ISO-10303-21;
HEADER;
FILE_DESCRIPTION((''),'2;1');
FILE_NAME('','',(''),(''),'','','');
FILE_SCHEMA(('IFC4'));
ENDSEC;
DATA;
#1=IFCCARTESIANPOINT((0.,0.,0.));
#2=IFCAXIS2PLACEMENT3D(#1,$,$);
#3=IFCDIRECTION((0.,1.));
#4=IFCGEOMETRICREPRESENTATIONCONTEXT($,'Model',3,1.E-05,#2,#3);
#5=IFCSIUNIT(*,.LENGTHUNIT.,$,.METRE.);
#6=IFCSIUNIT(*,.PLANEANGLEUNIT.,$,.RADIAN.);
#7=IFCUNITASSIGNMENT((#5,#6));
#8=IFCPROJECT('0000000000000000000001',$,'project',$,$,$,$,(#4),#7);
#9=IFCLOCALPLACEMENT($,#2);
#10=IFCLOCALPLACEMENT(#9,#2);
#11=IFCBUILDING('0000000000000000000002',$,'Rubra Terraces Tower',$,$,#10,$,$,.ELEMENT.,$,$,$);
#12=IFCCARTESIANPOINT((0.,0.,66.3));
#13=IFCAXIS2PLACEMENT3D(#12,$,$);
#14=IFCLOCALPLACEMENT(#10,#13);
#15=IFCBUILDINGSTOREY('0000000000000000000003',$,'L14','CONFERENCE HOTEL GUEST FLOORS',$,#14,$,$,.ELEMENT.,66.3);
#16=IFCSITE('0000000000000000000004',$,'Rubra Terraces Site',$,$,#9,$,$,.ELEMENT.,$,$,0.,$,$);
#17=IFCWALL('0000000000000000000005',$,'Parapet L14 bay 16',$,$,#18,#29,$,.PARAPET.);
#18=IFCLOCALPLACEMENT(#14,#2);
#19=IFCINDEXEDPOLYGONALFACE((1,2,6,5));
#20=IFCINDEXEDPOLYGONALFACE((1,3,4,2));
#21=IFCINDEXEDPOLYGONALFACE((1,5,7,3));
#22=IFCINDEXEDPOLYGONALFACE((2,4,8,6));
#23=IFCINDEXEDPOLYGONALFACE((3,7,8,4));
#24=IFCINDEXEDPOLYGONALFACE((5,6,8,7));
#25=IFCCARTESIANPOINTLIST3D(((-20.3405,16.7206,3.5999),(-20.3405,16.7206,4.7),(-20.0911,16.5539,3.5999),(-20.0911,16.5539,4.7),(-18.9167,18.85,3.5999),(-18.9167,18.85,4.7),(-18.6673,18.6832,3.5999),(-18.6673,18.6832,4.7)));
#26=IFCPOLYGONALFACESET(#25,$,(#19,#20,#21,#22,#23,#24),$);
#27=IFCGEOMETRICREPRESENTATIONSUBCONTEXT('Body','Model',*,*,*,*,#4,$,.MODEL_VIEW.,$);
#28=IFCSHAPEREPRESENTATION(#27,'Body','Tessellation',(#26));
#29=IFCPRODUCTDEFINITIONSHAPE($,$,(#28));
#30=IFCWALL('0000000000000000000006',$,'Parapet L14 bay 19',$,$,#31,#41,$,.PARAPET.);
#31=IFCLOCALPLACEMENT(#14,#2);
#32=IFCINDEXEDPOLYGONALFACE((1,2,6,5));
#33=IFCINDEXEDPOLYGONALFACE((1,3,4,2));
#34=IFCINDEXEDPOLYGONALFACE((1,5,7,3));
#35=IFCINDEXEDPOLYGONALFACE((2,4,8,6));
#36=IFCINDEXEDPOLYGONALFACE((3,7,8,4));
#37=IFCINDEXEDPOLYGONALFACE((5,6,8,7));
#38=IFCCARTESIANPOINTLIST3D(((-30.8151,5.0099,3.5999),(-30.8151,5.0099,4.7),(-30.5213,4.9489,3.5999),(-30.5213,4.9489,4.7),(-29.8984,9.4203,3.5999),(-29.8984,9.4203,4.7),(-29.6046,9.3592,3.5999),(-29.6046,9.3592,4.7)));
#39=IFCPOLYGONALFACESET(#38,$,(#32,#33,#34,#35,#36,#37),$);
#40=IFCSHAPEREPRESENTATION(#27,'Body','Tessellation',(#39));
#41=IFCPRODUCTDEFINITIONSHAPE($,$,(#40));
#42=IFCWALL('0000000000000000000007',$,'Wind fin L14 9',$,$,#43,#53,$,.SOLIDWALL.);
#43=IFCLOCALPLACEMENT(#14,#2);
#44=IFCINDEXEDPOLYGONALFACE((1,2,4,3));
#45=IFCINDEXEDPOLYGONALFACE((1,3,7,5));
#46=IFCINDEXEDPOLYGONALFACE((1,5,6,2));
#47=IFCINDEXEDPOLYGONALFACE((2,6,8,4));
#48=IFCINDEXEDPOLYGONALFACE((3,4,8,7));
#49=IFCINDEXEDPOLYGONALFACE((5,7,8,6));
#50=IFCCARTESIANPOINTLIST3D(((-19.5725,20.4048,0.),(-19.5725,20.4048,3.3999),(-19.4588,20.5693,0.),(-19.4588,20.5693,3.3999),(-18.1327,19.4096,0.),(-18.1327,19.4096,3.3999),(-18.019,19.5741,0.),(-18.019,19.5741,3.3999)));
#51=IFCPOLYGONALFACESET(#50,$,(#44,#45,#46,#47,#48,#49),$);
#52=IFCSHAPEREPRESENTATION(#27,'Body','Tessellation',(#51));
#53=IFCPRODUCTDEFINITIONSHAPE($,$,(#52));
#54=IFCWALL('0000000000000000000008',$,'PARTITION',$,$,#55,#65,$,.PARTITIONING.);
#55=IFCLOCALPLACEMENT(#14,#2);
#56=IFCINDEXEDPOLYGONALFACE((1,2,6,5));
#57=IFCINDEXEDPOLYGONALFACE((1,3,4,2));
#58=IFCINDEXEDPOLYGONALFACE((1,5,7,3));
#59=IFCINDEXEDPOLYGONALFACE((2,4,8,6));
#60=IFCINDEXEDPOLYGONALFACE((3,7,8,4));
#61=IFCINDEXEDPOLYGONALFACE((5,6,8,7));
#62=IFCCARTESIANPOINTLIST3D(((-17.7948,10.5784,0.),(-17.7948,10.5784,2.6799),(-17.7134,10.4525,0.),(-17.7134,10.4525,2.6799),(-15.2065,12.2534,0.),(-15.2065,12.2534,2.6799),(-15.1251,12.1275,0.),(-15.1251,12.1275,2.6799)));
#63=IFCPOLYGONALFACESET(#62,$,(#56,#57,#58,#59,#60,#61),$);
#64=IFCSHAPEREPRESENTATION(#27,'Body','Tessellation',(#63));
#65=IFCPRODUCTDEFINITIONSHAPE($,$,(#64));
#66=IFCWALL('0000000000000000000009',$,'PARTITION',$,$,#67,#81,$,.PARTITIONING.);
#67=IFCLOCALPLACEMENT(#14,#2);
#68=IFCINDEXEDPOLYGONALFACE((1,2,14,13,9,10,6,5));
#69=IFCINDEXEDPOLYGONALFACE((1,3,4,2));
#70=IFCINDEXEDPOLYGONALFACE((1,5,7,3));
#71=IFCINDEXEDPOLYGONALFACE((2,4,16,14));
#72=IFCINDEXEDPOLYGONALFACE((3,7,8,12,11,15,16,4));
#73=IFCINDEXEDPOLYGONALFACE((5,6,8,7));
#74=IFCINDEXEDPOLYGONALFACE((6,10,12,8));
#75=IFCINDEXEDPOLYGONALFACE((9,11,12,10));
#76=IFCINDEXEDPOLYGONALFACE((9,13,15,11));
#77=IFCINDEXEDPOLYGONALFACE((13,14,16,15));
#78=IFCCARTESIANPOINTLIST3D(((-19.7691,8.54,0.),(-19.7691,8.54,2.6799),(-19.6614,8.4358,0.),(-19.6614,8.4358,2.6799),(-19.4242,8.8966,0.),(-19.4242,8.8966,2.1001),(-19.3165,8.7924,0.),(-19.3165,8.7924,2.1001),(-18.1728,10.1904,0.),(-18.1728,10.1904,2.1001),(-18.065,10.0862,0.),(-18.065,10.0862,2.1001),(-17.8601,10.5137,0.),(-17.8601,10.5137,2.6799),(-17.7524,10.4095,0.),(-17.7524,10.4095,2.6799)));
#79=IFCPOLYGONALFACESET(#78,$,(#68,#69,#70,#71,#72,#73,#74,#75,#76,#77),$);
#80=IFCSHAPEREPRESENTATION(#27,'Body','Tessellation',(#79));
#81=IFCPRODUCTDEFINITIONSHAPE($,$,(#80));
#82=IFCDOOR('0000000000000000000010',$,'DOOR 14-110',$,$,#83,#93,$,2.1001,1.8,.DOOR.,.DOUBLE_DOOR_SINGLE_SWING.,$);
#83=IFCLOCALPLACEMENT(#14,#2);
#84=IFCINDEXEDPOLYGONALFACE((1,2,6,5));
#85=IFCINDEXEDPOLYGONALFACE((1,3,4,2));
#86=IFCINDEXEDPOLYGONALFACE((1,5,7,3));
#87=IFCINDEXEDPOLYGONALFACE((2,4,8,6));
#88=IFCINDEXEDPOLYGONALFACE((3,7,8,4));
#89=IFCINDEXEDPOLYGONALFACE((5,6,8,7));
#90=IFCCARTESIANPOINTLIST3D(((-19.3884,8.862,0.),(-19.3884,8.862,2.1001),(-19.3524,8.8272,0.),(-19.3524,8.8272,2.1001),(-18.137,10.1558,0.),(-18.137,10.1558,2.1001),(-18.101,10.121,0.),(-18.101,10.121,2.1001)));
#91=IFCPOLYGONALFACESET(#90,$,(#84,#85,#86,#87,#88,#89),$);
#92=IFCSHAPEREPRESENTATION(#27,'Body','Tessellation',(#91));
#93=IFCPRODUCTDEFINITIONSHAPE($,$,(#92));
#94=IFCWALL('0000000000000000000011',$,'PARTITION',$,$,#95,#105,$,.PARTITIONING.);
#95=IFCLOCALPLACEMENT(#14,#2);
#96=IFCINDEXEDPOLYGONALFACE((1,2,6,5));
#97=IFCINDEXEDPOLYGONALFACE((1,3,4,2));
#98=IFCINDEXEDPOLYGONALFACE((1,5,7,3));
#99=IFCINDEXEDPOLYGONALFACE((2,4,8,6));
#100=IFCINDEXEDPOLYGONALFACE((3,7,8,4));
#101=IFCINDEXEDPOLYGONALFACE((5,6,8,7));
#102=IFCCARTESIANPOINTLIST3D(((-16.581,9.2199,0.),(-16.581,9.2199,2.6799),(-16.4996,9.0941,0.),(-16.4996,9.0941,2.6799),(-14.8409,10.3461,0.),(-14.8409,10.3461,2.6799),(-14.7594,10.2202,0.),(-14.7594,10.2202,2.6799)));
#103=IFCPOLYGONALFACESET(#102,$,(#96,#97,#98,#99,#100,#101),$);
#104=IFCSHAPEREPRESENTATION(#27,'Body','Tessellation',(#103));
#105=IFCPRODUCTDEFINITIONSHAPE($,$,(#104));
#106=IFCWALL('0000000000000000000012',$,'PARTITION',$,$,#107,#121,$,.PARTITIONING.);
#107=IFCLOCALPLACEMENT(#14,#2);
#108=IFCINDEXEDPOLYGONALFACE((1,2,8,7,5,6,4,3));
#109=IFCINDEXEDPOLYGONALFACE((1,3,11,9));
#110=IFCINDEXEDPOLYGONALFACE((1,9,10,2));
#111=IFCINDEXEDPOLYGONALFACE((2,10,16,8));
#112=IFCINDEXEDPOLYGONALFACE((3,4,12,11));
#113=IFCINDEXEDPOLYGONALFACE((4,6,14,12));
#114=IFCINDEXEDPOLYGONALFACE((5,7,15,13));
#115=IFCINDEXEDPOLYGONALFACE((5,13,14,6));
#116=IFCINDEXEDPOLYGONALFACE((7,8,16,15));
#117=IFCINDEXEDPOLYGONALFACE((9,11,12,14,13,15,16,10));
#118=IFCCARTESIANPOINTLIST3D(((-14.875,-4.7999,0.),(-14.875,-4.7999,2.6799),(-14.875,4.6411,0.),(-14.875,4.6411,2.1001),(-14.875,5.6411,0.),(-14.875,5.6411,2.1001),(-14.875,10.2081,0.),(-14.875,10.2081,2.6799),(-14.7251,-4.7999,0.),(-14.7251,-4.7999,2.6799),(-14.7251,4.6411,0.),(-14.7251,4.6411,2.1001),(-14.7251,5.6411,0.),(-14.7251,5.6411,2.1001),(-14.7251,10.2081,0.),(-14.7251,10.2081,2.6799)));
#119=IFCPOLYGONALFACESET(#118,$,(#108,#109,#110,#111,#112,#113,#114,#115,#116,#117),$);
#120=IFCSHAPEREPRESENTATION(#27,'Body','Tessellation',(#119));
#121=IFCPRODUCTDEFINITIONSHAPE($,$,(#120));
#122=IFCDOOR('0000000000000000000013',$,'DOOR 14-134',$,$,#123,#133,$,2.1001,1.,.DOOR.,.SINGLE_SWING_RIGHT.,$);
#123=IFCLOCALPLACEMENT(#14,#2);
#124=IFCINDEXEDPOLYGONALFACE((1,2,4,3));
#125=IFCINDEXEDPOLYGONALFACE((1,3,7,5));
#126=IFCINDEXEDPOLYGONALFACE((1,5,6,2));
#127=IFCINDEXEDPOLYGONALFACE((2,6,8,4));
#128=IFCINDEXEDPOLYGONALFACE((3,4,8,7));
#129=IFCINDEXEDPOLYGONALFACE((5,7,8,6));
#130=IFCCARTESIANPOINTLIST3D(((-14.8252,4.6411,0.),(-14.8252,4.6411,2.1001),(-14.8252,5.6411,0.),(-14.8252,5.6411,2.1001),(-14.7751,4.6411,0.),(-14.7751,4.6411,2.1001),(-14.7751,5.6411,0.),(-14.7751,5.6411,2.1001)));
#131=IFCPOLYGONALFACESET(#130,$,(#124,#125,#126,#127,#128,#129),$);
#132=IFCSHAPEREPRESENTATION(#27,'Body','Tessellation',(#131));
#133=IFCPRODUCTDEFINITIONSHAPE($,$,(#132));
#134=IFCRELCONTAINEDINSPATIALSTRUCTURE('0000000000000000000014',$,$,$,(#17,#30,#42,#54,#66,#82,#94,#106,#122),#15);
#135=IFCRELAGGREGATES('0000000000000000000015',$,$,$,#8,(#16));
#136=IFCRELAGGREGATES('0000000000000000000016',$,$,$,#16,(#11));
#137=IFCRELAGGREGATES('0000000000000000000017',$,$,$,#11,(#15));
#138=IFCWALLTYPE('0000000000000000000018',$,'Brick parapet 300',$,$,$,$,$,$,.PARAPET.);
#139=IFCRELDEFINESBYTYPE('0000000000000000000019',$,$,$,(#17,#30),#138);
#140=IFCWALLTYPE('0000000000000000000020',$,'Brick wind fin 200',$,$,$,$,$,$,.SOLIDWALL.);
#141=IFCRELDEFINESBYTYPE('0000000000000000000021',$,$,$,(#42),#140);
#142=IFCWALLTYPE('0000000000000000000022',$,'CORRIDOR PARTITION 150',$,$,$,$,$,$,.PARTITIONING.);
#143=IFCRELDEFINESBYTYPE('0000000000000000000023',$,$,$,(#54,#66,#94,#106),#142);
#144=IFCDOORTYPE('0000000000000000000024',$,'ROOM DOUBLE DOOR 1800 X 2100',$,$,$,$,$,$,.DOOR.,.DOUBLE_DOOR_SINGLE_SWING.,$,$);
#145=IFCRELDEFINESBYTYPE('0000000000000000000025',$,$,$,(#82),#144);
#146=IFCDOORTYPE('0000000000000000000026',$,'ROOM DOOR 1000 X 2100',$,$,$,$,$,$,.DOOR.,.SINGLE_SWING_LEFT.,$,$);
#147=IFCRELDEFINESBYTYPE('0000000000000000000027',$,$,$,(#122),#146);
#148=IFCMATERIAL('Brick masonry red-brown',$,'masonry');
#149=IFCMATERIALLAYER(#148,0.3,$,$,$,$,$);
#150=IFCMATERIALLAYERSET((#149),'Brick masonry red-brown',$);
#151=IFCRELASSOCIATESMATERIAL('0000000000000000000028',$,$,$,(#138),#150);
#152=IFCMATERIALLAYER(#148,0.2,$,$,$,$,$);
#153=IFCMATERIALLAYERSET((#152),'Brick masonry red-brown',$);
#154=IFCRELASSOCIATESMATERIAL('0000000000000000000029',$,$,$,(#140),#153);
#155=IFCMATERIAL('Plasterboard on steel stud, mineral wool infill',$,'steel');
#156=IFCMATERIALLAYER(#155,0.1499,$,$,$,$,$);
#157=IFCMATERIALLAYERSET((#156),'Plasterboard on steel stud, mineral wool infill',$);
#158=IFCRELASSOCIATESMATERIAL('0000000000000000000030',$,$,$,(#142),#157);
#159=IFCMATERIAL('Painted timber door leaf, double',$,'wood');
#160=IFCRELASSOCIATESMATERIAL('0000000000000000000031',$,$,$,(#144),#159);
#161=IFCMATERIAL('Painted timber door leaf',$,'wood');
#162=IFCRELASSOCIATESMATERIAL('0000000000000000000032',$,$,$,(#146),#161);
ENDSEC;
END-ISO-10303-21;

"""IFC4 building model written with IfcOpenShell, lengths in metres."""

from ifc_helpers import new_model, si_unit, direction, frame, frame_2d, origin, place, context, subcontext, project, spatial, rectangle, extrude, material, layer, layer_set, type_object, element, fill, save


model = new_model("IFC4")

# Units and contexts
model_context = context("Model", 3, precision=1e-05, world=origin(), true_north=direction((0.0, 1.0)))
body_context = subcontext(model_context, "Body", "Model", "MODEL_VIEW")
ifc_project = project(units=[si_unit("LENGTHUNIT", "METRE"), si_unit("PLANEANGLEUNIT", "RADIAN")], contexts=[model_context])

# Site, building, storey
site_placement = place(None, origin())
site = spatial("IfcSite", under=ifc_project, at=site_placement, Name="Rubra Terraces Site", CompositionType="ELEMENT", RefElevation=0.0)
building_placement = place(site_placement, origin())
building = spatial("IfcBuilding", under=site, at=building_placement, Name="Rubra Terraces Tower", CompositionType="ELEMENT")
storey_placement = place(building_placement, frame((0.0, 0.0, 66.3)))
storey = spatial("IfcBuildingStorey", under=building, at=storey_placement, Name="L14", Description="CONFERENCE HOTEL GUEST FLOORS", CompositionType="ELEMENT", Elevation=66.3)

# Shared definitions
ifc_material_1 = material(Name="Brick masonry red-brown", Category="masonry")

# Walls
ifc_layer_1 = layer(ifc_material_1, 0.3)
ifc_layer_set_1 = layer_set([ifc_layer_1], Name="Brick masonry red-brown")
wall_type_1 = type_object("IfcWallType", Name="Brick parapet 300", PredefinedType="PARAPET", material=ifc_layer_set_1)
wall_1_placement = place(storey_placement, frame((-18.792, 18.7666, 3.5999), z_axis=(0.0, 0.0, 1.0), x_axis=(-0.555843, -0.831287, 0.0)))
element("IfcWall", 1, at=wall_1_placement, inside=storey, type_object=wall_type_1, Name="Parapet L14 bay 16", PredefinedType="PARAPET", context=body_context, shape_type="SweptSolid", body=[
    extrude(rectangle(XDim=2.5615, YDim=0.3, at=frame_2d((1.2808, 0.0))), origin(), (0.0, 0.0, 1.0), 1.1001),
])
wall_2_placement = place(storey_placement, frame((-29.7515, 9.3899, 3.5999), z_axis=(0.0, 0.0, 1.0), x_axis=(-0.203511, -0.979073, 0.0)))
element("IfcWall", 2, at=wall_2_placement, inside=storey, type_object=wall_type_1, Name="Parapet L14 bay 19", PredefinedType="PARAPET", context=body_context, shape_type="SweptSolid", body=[
    extrude(rectangle(XDim=4.5046, YDim=0.3, at=frame_2d((2.2524, 0.0))), origin(), (0.0, 0.0, 1.0), 1.1001),
])
ifc_layer_2 = layer(ifc_material_1, 0.2)
ifc_layer_set_2 = layer_set([ifc_layer_2], Name="Brick masonry red-brown")
wall_type_2 = type_object("IfcWallType", Name="Brick wind fin 200", PredefinedType="SOLIDWALL", material=ifc_layer_set_2)
wall_3_placement = place(storey_placement, frame((-18.0759, 19.4919, 0.0), z_axis=(0.0, 0.0, 1.0), x_axis=(-0.822619, 0.568593, 0.0)))
element("IfcWall", 3, at=wall_3_placement, inside=storey, type_object=wall_type_2, Name="Wind fin L14 9", PredefinedType="SOLIDWALL", context=body_context, shape_type="SweptSolid", body=[
    extrude(rectangle(XDim=1.7502, YDim=0.2, at=frame_2d((0.875, 0.0))), origin(), (0.0, 0.0, 1.0), 3.3999),
])
ifc_material_2 = material(Name="Plasterboard on steel stud, mineral wool infill", Category="steel")
ifc_layer_3 = layer(ifc_material_2, 0.1499)
ifc_layer_set_3 = layer_set([ifc_layer_3], Name="Plasterboard on steel stud, mineral wool infill")
wall_type_3 = type_object("IfcWallType", Name="CORRIDOR PARTITION 150", PredefinedType="PARTITIONING", material=ifc_layer_set_3)
wall_4_placement = place(storey_placement, frame((-15.1658, 12.1904, 0.0), z_axis=(0.0, 0.0, 1.0), x_axis=(-0.839538, -0.543301, 0.0)))
element("IfcWall", 4, at=wall_4_placement, inside=storey, type_object=wall_type_3, Name="PARTITION", PredefinedType="PARTITIONING", context=body_context, shape_type="SweptSolid", body=[
    extrude(rectangle(XDim=3.083, YDim=0.1499, at=frame_2d((1.5415, 0.0))), origin(), (0.0, 0.0, 1.0), 2.6799),
])

# Wall, opening, door
wall_5_placement = place(storey_placement, frame((-17.8062, 10.4617, 0.0), z_axis=(0.0, 0.0, 1.0), x_axis=(-0.695227, -0.71879, 0.0)))
wall_5 = element("IfcWall", 5, at=wall_5_placement, inside=storey, type_object=wall_type_3, Name="PARTITION", PredefinedType="PARTITIONING", context=body_context, shape_type="SweptSolid", body=[
    extrude(rectangle(XDim=2.7458, YDim=0.1499, at=frame_2d((1.373, 0.0))), origin(), (0.0, 0.0, 1.0), 2.6799),
])
opening_1_placement = place(wall_5_placement, frame((0.45, 0.0, 0.0)))
opening_1 = element("IfcOpeningElement", 6, at=opening_1_placement, cuts=wall_5, PredefinedType="OPENING", context=body_context, shape_type="SweptSolid", body=[
    extrude(rectangle(XDim=1.8, YDim=2.1001, at=frame_2d((0.8999, 1.05))), frame((0.0, 0.085, 0.0), z_axis=(0.0, -1.0, 0.0), x_axis=(1.0, 0.0, 0.0)), (0.0, 0.0, 1.0), 0.1699),
])
ifc_material_3 = material(Name="Painted timber door leaf, double", Category="wood")
door_type_1 = type_object("IfcDoorType", Name="ROOM DOUBLE DOOR 1800 X 2100", OperationType="DOUBLE_DOOR_SINGLE_SWING", PredefinedType="DOOR", material=ifc_material_3)
door_1_placement = place(opening_1_placement, origin())
door_1 = element("IfcDoor", 7, at=door_1_placement, inside=storey, type_object=door_type_1, Name="DOOR 14-110", OperationType="DOUBLE_DOOR_SINGLE_SWING", OverallHeight=2.1001, OverallWidth=1.8, PredefinedType="DOOR", context=body_context, shape_type="SweptSolid", body=[
    extrude(rectangle(XDim=1.8, YDim=2.1001, at=frame_2d((0.8999, 1.05))), frame((0.0, 0.0249, 0.0), z_axis=(0.0, -1.0, 0.0), x_axis=(1.0, 0.0, 0.0)), (0.0, 0.0, 1.0), 0.05),
])
fill(opening_1, door_1)

# Wall
wall_6_placement = place(storey_placement, frame((-16.5403, 9.157, 0.0), z_axis=(0.0, 0.0, 1.0), x_axis=(0.839529, 0.543315, 0.0)))
element("IfcWall", 8, at=wall_6_placement, inside=storey, type_object=wall_type_3, Name="PARTITION", PredefinedType="PARTITIONING", context=body_context, shape_type="SweptSolid", body=[
    extrude(rectangle(XDim=2.0728, YDim=0.1499, at=frame_2d((1.0364, 0.0))), origin(), (0.0, 0.0, 1.0), 2.6799),
])

# Wall, opening, door
wall_7_placement = place(storey_placement, frame((-14.8, 10.208, 0.0), z_axis=(0.0, 0.0, 1.0), x_axis=(0.0, -1.0, 0.0)))
wall_7 = element("IfcWall", 9, at=wall_7_placement, inside=storey, type_object=wall_type_3, Name="PARTITION", PredefinedType="PARTITIONING", context=body_context, shape_type="SweptSolid", body=[
    extrude(rectangle(XDim=15.0081, YDim=0.1499, at=frame_2d((7.5039, 0.0))), origin(), (0.0, 0.0, 1.0), 2.6799),
])
opening_2_placement = place(wall_7_placement, frame((4.5669, 0.0, 0.0)))
opening_2 = element("IfcOpeningElement", 10, at=opening_2_placement, cuts=wall_7, PredefinedType="OPENING", context=body_context, shape_type="SweptSolid", body=[
    extrude(rectangle(XDim=1.0, YDim=2.1001, at=frame_2d((0.5, 1.05))), frame((0.0, 0.085, 0.0), z_axis=(0.0, -1.0, 0.0), x_axis=(1.0, 0.0, 0.0)), (0.0, 0.0, 1.0), 0.1699),
])
ifc_material_4 = material(Name="Painted timber door leaf", Category="wood")
door_type_2 = type_object("IfcDoorType", Name="ROOM DOOR 1000 X 2100", OperationType="SINGLE_SWING_LEFT", PredefinedType="DOOR", material=ifc_material_4)
door_2_placement = place(opening_2_placement, origin())
door_2 = element("IfcDoor", 11, at=door_2_placement, inside=storey, type_object=door_type_2, Name="DOOR 14-134", OperationType="SINGLE_SWING_RIGHT", OverallHeight=2.1001, OverallWidth=1.0, PredefinedType="DOOR", context=body_context, shape_type="SweptSolid", body=[
    extrude(rectangle(XDim=1.0, YDim=2.1001, at=frame_2d((0.5, 1.05))), frame((0.0, 0.0249, 0.0), z_axis=(0.0, -1.0, 0.0), x_axis=(1.0, 0.0, 0.0)), (0.0, 0.0, 1.0), 0.05),
])
fill(opening_2, door_2)

save(model, "model.ifc")
